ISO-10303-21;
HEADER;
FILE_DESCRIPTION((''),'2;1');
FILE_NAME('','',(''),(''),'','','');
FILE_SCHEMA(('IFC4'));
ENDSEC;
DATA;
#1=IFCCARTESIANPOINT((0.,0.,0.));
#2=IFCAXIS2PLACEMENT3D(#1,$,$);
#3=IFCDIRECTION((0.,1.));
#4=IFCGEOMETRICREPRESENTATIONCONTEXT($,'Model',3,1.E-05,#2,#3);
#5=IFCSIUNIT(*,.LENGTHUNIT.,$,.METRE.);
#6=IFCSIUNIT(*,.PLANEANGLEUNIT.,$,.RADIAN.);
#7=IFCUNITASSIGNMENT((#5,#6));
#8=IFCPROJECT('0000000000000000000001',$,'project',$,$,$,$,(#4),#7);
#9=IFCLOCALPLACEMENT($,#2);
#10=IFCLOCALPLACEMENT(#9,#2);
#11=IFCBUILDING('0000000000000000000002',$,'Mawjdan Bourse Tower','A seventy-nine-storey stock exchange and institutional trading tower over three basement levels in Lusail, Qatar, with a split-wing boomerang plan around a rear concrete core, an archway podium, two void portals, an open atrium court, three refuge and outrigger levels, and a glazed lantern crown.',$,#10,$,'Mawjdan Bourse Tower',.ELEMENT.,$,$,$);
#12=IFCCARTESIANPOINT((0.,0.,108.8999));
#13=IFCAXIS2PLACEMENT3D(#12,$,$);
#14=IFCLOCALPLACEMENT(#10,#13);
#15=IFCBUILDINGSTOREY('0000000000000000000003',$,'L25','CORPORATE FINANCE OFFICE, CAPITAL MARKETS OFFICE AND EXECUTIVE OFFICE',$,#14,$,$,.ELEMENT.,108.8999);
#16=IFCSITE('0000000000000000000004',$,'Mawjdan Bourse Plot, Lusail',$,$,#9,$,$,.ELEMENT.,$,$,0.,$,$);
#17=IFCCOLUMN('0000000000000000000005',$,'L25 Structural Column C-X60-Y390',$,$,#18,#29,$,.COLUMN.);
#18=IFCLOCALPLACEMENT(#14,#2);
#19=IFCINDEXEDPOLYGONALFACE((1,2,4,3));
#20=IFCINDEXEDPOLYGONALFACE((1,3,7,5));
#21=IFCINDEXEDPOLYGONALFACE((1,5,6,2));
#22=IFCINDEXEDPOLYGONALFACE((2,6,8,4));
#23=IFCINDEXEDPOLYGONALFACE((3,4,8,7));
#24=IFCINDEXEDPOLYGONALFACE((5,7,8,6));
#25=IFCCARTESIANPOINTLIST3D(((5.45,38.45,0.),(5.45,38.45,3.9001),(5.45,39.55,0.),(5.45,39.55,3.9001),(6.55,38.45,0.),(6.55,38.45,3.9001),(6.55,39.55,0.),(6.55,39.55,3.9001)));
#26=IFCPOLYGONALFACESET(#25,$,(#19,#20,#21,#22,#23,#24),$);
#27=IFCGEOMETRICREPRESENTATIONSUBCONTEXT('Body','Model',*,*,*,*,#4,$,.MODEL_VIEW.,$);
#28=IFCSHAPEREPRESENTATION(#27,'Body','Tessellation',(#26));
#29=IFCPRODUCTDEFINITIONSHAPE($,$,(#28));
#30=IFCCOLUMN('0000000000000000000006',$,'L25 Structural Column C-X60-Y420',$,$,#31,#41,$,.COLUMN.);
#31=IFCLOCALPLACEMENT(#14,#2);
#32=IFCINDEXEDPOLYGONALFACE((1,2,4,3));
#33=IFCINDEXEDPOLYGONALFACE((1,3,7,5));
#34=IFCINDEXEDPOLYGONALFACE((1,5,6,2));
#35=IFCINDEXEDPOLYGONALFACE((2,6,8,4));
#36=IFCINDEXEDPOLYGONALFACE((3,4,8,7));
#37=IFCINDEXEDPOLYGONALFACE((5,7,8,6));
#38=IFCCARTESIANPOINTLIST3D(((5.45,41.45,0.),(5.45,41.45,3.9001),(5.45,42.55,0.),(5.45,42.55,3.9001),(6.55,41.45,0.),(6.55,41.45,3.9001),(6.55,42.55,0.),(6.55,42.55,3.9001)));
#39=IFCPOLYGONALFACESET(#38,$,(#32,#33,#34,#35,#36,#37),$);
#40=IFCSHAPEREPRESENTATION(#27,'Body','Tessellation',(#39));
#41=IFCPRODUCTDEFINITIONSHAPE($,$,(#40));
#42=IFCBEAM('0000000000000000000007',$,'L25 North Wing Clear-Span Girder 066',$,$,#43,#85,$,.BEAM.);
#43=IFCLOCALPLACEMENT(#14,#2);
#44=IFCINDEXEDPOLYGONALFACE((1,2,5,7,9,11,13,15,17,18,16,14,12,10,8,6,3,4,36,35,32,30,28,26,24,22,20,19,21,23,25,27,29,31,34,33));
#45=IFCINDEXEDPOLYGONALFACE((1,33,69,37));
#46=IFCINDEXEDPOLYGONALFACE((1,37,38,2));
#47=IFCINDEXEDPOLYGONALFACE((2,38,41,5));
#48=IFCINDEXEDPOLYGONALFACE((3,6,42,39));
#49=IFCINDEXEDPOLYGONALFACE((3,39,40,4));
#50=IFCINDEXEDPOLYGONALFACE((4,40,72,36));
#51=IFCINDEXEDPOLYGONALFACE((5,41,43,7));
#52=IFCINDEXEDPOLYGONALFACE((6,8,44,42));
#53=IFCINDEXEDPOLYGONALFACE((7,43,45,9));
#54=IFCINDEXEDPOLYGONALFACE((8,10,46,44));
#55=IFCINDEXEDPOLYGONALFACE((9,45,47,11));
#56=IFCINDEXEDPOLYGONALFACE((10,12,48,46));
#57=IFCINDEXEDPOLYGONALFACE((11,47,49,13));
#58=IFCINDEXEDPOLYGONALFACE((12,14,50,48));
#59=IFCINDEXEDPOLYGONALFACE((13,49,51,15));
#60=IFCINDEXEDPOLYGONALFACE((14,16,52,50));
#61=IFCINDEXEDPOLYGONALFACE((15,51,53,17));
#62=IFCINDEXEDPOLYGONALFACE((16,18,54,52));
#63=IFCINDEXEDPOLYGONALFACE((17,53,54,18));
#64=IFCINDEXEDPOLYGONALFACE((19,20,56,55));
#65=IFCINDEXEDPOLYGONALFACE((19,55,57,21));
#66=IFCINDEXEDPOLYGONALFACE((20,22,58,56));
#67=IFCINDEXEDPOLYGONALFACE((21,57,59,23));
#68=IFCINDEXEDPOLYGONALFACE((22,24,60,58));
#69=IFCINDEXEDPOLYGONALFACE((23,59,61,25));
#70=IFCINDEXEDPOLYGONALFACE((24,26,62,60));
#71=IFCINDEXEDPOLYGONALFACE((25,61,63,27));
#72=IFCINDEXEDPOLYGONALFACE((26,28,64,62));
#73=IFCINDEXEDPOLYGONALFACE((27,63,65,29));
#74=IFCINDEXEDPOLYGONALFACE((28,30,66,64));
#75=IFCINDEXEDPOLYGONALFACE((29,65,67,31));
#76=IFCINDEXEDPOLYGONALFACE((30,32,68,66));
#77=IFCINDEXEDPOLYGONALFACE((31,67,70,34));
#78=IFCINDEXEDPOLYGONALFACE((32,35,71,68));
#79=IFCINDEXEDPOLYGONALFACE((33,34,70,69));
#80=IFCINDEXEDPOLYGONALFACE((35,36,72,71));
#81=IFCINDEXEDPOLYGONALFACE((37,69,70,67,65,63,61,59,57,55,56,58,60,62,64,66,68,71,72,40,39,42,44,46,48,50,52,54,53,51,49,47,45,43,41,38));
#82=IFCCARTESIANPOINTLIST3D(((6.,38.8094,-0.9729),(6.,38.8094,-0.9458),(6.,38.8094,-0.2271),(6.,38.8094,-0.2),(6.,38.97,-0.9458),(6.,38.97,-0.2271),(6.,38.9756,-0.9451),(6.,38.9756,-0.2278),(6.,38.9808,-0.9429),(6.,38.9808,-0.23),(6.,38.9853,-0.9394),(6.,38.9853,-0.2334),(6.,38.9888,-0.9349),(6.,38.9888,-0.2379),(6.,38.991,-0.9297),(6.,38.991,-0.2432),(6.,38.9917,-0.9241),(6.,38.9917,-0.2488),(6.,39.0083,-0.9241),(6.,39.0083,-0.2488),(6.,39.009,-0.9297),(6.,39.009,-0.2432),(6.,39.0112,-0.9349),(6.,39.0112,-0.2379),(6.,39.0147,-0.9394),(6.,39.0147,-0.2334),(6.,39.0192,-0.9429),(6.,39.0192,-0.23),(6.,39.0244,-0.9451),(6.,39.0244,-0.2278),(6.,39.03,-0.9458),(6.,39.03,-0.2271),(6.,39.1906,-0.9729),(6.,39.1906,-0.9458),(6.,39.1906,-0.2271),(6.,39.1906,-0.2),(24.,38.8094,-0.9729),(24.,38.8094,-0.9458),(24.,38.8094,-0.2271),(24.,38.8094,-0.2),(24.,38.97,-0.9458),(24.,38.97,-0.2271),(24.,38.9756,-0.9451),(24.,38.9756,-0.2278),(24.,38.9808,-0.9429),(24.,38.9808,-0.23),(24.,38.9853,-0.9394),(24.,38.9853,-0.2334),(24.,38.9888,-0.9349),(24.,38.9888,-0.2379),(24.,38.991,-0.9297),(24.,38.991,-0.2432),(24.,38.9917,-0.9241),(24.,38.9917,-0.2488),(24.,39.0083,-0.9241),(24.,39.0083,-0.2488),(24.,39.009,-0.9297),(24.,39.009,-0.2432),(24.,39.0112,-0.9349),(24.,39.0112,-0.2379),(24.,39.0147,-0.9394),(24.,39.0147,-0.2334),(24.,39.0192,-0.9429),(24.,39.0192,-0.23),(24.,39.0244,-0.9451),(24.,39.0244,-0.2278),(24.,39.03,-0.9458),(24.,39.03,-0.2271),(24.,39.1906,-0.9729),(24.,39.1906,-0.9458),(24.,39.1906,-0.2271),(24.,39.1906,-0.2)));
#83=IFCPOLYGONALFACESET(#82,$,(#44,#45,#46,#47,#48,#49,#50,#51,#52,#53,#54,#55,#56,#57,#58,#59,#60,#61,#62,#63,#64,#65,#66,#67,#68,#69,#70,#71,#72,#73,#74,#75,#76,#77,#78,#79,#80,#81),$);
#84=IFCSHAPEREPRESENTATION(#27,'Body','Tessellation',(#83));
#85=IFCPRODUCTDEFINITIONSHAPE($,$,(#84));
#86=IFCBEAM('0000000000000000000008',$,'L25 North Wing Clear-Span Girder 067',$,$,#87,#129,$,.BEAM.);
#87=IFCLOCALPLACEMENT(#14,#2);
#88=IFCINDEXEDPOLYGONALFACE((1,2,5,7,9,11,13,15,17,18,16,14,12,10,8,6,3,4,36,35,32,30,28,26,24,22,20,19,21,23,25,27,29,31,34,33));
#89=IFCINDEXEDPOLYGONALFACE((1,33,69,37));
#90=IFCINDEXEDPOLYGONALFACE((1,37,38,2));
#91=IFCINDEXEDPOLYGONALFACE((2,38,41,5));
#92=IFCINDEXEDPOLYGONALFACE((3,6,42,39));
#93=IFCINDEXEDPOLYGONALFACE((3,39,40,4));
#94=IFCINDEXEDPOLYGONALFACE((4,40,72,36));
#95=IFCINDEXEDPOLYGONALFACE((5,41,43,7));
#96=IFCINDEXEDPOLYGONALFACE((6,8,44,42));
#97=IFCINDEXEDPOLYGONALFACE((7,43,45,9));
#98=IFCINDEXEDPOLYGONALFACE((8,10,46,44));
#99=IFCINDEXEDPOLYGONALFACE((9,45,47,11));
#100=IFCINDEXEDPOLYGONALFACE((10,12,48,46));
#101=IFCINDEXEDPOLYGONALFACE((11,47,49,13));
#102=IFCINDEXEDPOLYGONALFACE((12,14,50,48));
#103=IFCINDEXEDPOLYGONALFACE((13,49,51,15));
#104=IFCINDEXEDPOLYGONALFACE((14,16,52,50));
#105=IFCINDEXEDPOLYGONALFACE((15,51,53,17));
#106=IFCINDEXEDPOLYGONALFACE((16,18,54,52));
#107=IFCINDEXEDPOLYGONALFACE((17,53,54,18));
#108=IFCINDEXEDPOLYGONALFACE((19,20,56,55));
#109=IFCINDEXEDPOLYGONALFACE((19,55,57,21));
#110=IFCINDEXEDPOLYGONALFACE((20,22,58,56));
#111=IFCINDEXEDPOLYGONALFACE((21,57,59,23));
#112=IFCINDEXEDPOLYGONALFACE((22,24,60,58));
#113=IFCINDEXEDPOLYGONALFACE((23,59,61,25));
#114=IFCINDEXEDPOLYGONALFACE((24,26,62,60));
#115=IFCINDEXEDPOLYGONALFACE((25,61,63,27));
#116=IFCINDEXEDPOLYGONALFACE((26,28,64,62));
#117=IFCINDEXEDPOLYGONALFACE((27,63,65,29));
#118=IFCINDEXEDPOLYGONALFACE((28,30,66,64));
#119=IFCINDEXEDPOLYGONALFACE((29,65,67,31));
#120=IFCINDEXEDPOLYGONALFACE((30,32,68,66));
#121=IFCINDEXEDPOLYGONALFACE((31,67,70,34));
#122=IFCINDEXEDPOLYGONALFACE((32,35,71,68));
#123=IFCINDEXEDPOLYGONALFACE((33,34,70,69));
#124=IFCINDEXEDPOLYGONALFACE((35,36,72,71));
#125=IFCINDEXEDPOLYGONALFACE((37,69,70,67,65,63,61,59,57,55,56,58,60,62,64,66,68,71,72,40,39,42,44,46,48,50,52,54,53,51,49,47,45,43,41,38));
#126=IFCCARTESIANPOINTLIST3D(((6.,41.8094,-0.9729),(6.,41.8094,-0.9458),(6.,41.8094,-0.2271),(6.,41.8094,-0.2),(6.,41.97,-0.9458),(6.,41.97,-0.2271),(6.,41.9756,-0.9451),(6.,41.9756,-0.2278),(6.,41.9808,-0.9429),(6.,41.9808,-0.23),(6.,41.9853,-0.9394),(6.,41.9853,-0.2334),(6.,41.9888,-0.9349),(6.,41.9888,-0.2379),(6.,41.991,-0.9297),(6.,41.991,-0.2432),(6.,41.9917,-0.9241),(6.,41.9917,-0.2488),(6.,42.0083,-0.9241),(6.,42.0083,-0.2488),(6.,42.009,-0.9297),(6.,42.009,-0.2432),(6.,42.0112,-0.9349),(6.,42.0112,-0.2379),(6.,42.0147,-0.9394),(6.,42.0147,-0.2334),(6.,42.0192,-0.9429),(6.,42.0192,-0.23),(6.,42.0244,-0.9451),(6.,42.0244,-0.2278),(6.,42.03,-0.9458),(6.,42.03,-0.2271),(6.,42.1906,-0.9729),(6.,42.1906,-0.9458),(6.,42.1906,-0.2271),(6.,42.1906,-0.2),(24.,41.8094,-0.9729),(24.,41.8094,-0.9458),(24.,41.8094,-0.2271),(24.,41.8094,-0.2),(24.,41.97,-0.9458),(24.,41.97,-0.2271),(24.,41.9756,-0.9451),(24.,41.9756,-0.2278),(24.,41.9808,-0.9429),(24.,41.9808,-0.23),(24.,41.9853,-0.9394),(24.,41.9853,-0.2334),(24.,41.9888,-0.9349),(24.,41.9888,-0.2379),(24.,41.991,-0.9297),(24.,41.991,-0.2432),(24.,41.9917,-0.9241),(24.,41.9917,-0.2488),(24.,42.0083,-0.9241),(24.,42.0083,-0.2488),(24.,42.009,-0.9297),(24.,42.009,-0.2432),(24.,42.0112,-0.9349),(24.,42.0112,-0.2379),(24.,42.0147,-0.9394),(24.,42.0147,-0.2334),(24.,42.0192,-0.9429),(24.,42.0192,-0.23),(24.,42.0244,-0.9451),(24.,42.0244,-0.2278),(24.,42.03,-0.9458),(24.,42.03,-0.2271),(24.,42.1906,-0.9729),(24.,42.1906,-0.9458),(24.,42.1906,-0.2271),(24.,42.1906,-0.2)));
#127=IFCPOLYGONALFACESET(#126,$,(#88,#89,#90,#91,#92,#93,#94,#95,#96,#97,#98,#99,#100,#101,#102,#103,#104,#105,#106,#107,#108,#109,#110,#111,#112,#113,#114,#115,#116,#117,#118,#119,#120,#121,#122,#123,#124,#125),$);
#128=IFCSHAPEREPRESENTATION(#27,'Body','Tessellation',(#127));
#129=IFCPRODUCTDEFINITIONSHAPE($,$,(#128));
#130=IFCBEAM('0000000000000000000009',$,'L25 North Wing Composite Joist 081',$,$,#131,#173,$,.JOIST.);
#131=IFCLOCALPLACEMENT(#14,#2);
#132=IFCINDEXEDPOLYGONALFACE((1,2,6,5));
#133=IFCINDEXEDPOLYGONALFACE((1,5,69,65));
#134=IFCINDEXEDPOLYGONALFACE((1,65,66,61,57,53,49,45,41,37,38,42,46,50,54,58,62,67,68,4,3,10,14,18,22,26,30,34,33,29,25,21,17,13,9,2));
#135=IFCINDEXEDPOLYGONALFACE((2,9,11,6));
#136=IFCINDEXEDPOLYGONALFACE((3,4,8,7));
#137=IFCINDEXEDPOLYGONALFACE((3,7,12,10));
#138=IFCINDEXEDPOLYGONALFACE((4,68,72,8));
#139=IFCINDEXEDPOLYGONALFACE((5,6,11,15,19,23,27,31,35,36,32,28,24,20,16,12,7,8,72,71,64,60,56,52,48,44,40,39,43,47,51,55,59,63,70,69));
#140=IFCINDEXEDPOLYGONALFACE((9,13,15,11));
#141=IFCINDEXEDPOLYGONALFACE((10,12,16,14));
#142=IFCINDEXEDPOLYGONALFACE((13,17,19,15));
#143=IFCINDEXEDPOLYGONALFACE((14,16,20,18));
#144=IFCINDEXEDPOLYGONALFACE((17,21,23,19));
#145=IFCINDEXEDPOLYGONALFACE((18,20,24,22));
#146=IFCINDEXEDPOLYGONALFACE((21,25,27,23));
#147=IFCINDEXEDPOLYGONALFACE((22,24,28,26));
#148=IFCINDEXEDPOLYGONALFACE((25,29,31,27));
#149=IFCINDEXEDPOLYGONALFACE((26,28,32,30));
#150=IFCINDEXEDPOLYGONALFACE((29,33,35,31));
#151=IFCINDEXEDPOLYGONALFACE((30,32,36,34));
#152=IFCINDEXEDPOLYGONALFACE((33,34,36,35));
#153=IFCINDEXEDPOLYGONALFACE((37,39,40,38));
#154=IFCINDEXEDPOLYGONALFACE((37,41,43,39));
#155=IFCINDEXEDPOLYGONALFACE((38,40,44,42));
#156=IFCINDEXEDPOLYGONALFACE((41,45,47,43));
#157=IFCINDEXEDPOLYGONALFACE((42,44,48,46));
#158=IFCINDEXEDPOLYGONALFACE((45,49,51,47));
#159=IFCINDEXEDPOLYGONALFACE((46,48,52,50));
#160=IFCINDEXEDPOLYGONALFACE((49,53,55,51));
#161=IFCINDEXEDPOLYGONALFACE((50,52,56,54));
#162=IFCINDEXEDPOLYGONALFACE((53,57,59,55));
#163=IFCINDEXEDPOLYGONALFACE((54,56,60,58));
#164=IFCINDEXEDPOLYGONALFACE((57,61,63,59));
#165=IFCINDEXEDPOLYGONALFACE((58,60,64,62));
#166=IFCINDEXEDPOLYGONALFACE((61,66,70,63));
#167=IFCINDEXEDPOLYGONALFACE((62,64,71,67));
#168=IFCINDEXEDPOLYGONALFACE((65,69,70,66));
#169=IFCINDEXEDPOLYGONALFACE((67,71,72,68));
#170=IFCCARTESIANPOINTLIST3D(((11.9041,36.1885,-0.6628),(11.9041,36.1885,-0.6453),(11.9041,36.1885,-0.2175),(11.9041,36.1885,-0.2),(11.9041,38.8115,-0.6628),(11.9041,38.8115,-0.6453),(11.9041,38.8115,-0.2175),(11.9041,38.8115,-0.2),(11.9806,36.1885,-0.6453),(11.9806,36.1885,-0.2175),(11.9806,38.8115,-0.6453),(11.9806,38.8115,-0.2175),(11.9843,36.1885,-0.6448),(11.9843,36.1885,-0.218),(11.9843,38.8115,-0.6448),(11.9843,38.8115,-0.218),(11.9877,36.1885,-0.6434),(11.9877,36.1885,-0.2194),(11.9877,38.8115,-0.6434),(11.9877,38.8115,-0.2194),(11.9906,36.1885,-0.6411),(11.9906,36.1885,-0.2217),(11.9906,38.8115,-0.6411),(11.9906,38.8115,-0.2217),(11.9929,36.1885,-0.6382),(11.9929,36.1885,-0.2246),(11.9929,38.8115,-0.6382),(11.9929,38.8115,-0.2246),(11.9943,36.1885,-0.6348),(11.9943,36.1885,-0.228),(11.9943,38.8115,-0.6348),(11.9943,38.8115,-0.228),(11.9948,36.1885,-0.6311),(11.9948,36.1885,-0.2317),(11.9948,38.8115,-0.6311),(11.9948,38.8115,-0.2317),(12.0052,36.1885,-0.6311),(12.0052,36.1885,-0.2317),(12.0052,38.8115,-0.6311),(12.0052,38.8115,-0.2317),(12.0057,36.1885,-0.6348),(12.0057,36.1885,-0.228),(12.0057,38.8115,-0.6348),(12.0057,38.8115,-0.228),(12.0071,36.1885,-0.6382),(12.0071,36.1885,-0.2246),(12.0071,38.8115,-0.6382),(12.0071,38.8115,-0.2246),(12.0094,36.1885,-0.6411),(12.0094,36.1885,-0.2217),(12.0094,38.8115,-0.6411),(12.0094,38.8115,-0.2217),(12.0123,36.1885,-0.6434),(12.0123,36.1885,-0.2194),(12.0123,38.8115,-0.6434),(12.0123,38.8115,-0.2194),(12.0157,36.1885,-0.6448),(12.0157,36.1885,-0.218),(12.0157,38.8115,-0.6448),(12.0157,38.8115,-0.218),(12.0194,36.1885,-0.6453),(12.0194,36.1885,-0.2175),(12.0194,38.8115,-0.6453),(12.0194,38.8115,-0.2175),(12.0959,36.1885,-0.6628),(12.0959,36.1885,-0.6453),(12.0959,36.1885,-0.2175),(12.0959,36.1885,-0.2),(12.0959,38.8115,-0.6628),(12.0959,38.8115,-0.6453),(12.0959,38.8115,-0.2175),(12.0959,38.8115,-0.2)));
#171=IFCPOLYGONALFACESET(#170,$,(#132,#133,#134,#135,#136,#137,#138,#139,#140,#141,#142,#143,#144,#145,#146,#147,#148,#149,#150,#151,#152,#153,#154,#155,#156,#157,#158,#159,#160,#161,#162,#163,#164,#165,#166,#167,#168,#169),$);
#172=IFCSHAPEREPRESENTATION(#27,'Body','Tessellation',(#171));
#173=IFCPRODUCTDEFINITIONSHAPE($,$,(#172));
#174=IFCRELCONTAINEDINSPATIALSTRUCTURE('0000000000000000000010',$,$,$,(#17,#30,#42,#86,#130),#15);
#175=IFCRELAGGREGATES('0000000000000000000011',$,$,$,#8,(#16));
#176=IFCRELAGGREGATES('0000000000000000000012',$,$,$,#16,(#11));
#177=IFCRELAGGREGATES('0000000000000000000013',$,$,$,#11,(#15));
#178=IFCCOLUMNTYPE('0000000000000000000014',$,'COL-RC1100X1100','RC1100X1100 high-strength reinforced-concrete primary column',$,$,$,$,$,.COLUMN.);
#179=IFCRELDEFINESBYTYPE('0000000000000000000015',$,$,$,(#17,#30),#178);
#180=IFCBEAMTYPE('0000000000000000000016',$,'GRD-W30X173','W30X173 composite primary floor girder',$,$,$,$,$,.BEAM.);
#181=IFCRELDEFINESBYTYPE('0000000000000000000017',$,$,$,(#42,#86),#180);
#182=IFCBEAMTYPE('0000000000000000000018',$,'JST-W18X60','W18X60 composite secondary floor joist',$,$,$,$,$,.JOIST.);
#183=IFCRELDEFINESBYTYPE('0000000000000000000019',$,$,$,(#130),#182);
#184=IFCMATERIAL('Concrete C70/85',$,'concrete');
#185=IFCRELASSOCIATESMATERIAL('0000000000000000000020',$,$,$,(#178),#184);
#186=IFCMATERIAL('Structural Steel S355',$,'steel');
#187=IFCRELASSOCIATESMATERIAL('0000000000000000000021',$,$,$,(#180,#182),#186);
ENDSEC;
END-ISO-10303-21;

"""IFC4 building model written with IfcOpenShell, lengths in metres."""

from ifc_helpers import new_model, si_unit, direction, frame, origin, origin_2d, place, context, subcontext, project, spatial, rectangle, i_section, extrude, material, material_profile, profile_set, type_object, element, save


model = new_model("IFC4")

# Units and contexts
model_context = context("Model", 3, precision=1e-05, world=origin(), true_north=direction((0.0, 1.0)))
body_context = subcontext(model_context, "Body", "Model", "MODEL_VIEW")
ifc_project = project(units=[si_unit("LENGTHUNIT", "METRE"), si_unit("PLANEANGLEUNIT", "RADIAN")], contexts=[model_context])

# Site, building, storey
site_placement = place(None, origin())
site = spatial("IfcSite", under=ifc_project, at=site_placement, Name="Mawjdan Bourse Plot, Lusail", CompositionType="ELEMENT", RefElevation=0.0)
building_placement = place(site_placement, origin())
building = spatial("IfcBuilding", under=site, at=building_placement, Name="Mawjdan Bourse Tower", Description="A seventy-nine-storey stock exchange and institutional trading tower over three basement levels in Lusail, Qatar, with a split-wing boomerang plan around a rear concrete core, an archway podium, two void portals, an open atrium court, three refuge and outrigger levels, and a glazed lantern crown.", LongName="Mawjdan Bourse Tower", CompositionType="ELEMENT")
storey_placement = place(building_placement, frame((0.0, 0.0, 108.8999)))
storey = spatial("IfcBuildingStorey", under=building, at=storey_placement, Name="L25", Description="CORPORATE FINANCE OFFICE, CAPITAL MARKETS OFFICE AND EXECUTIVE OFFICE", CompositionType="ELEMENT", Elevation=108.8999)

# Columns
ifc_material_1 = material(Name="Concrete C70/85", Category="concrete")
ifc_material_profile_1 = material_profile(ifc_material_1, rectangle(XDim=1.1001, YDim=1.1001, at=origin_2d()), Name="RC1100X1100")
ifc_profile_set_1 = profile_set([ifc_material_profile_1], Name="Concrete C70/85")
column_type = type_object("IfcColumnType", Name="COL-RC1100X1100", Description="RC1100X1100 high-strength reinforced-concrete primary column", PredefinedType="COLUMN", material=ifc_profile_set_1)
for number, where, z_axis, x_axis, name in (
    (1, (6.0, 39.0, 0.0), (0.0, 0.0, 1.0), (1.0, 0.0, 0.0), "L25 Structural Column C-X60-Y390"),
    (2, (6.0, 42.0, 0.0), (0.0, 0.0, 1.0), (1.0, 0.0, 0.0), "L25 Structural Column C-X60-Y420"),
):
    element("IfcColumn", number, at=place(storey_placement, frame(where, z_axis=z_axis, x_axis=x_axis)), inside=storey, type_object=column_type, Name=name, PredefinedType="COLUMN", context=body_context, shape_type="SweptSolid", body=[
        extrude(rectangle(XDim=1.1001, YDim=1.1001, at=origin_2d()), origin(), (0.0, 0.0, 1.0), 3.9001),
    ])

# Beams
ifc_material_2 = material(Name="Structural Steel S355", Category="steel")
ifc_material_profile_2 = material_profile(ifc_material_2, i_section(OverallWidth=0.3811, OverallDepth=0.7729, WebThickness=0.0166, FlangeThickness=0.0271, FilletRadius=0.0217, at=origin_2d()), Name="W30X173")
ifc_profile_set_2 = profile_set([ifc_material_profile_2], Name="Structural Steel S355")
beam_type_1 = type_object("IfcBeamType", Name="GRD-W30X173", Description="W30X173 composite primary floor girder", PredefinedType="BEAM", material=ifc_profile_set_2)
for number, where, z_axis, x_axis, name in (
    (3, (6.0, 39.0, -0.5864), (1.0, 0.0, 0.0), (0.0, 1.0, 0.0), "L25 North Wing Clear-Span Girder 066"),
    (4, (6.0, 42.0, -0.5864), (1.0, 0.0, 0.0), (0.0, 1.0, 0.0), "L25 North Wing Clear-Span Girder 067"),
):
    element("IfcBeam", number, at=place(storey_placement, frame(where, z_axis=z_axis, x_axis=x_axis)), inside=storey, type_object=beam_type_1, Name=name, PredefinedType="BEAM", context=body_context, shape_type="SweptSolid", body=[
        extrude(i_section(OverallWidth=0.3811, OverallDepth=0.7729, WebThickness=0.0166, FlangeThickness=0.0271, FilletRadius=0.0217, at=origin_2d()), origin(), (0.0, 0.0, 1.0), 18.0),
    ])
ifc_material_profile_3 = material_profile(ifc_material_2, i_section(OverallWidth=0.1919, OverallDepth=0.4629, WebThickness=0.0105, FlangeThickness=0.0176, FilletRadius=0.0142, at=origin_2d()), Name="W18X60")
ifc_profile_set_3 = profile_set([ifc_material_profile_3], Name="Structural Steel S355")
beam_type_2 = type_object("IfcBeamType", Name="JST-W18X60", Description="W18X60 composite secondary floor joist", PredefinedType="JOIST", material=ifc_profile_set_3)
for number, where, z_axis, x_axis, name in (
    (5, (12.0, 36.1885, -0.4314), (0.0, 1.0, 0.0), (-1.0, 0.0, 0.0), "L25 North Wing Composite Joist 081"),
):
    element("IfcBeam", number, at=place(storey_placement, frame(where, z_axis=z_axis, x_axis=x_axis)), inside=storey, type_object=beam_type_2, Name=name, PredefinedType="JOIST", context=body_context, shape_type="SweptSolid", body=[
        extrude(i_section(OverallWidth=0.1919, OverallDepth=0.4629, WebThickness=0.0105, FlangeThickness=0.0176, FilletRadius=0.0142, at=origin_2d()), origin(), (0.0, 0.0, 1.0), 2.623),
    ])

save(model, "model.ifc")
